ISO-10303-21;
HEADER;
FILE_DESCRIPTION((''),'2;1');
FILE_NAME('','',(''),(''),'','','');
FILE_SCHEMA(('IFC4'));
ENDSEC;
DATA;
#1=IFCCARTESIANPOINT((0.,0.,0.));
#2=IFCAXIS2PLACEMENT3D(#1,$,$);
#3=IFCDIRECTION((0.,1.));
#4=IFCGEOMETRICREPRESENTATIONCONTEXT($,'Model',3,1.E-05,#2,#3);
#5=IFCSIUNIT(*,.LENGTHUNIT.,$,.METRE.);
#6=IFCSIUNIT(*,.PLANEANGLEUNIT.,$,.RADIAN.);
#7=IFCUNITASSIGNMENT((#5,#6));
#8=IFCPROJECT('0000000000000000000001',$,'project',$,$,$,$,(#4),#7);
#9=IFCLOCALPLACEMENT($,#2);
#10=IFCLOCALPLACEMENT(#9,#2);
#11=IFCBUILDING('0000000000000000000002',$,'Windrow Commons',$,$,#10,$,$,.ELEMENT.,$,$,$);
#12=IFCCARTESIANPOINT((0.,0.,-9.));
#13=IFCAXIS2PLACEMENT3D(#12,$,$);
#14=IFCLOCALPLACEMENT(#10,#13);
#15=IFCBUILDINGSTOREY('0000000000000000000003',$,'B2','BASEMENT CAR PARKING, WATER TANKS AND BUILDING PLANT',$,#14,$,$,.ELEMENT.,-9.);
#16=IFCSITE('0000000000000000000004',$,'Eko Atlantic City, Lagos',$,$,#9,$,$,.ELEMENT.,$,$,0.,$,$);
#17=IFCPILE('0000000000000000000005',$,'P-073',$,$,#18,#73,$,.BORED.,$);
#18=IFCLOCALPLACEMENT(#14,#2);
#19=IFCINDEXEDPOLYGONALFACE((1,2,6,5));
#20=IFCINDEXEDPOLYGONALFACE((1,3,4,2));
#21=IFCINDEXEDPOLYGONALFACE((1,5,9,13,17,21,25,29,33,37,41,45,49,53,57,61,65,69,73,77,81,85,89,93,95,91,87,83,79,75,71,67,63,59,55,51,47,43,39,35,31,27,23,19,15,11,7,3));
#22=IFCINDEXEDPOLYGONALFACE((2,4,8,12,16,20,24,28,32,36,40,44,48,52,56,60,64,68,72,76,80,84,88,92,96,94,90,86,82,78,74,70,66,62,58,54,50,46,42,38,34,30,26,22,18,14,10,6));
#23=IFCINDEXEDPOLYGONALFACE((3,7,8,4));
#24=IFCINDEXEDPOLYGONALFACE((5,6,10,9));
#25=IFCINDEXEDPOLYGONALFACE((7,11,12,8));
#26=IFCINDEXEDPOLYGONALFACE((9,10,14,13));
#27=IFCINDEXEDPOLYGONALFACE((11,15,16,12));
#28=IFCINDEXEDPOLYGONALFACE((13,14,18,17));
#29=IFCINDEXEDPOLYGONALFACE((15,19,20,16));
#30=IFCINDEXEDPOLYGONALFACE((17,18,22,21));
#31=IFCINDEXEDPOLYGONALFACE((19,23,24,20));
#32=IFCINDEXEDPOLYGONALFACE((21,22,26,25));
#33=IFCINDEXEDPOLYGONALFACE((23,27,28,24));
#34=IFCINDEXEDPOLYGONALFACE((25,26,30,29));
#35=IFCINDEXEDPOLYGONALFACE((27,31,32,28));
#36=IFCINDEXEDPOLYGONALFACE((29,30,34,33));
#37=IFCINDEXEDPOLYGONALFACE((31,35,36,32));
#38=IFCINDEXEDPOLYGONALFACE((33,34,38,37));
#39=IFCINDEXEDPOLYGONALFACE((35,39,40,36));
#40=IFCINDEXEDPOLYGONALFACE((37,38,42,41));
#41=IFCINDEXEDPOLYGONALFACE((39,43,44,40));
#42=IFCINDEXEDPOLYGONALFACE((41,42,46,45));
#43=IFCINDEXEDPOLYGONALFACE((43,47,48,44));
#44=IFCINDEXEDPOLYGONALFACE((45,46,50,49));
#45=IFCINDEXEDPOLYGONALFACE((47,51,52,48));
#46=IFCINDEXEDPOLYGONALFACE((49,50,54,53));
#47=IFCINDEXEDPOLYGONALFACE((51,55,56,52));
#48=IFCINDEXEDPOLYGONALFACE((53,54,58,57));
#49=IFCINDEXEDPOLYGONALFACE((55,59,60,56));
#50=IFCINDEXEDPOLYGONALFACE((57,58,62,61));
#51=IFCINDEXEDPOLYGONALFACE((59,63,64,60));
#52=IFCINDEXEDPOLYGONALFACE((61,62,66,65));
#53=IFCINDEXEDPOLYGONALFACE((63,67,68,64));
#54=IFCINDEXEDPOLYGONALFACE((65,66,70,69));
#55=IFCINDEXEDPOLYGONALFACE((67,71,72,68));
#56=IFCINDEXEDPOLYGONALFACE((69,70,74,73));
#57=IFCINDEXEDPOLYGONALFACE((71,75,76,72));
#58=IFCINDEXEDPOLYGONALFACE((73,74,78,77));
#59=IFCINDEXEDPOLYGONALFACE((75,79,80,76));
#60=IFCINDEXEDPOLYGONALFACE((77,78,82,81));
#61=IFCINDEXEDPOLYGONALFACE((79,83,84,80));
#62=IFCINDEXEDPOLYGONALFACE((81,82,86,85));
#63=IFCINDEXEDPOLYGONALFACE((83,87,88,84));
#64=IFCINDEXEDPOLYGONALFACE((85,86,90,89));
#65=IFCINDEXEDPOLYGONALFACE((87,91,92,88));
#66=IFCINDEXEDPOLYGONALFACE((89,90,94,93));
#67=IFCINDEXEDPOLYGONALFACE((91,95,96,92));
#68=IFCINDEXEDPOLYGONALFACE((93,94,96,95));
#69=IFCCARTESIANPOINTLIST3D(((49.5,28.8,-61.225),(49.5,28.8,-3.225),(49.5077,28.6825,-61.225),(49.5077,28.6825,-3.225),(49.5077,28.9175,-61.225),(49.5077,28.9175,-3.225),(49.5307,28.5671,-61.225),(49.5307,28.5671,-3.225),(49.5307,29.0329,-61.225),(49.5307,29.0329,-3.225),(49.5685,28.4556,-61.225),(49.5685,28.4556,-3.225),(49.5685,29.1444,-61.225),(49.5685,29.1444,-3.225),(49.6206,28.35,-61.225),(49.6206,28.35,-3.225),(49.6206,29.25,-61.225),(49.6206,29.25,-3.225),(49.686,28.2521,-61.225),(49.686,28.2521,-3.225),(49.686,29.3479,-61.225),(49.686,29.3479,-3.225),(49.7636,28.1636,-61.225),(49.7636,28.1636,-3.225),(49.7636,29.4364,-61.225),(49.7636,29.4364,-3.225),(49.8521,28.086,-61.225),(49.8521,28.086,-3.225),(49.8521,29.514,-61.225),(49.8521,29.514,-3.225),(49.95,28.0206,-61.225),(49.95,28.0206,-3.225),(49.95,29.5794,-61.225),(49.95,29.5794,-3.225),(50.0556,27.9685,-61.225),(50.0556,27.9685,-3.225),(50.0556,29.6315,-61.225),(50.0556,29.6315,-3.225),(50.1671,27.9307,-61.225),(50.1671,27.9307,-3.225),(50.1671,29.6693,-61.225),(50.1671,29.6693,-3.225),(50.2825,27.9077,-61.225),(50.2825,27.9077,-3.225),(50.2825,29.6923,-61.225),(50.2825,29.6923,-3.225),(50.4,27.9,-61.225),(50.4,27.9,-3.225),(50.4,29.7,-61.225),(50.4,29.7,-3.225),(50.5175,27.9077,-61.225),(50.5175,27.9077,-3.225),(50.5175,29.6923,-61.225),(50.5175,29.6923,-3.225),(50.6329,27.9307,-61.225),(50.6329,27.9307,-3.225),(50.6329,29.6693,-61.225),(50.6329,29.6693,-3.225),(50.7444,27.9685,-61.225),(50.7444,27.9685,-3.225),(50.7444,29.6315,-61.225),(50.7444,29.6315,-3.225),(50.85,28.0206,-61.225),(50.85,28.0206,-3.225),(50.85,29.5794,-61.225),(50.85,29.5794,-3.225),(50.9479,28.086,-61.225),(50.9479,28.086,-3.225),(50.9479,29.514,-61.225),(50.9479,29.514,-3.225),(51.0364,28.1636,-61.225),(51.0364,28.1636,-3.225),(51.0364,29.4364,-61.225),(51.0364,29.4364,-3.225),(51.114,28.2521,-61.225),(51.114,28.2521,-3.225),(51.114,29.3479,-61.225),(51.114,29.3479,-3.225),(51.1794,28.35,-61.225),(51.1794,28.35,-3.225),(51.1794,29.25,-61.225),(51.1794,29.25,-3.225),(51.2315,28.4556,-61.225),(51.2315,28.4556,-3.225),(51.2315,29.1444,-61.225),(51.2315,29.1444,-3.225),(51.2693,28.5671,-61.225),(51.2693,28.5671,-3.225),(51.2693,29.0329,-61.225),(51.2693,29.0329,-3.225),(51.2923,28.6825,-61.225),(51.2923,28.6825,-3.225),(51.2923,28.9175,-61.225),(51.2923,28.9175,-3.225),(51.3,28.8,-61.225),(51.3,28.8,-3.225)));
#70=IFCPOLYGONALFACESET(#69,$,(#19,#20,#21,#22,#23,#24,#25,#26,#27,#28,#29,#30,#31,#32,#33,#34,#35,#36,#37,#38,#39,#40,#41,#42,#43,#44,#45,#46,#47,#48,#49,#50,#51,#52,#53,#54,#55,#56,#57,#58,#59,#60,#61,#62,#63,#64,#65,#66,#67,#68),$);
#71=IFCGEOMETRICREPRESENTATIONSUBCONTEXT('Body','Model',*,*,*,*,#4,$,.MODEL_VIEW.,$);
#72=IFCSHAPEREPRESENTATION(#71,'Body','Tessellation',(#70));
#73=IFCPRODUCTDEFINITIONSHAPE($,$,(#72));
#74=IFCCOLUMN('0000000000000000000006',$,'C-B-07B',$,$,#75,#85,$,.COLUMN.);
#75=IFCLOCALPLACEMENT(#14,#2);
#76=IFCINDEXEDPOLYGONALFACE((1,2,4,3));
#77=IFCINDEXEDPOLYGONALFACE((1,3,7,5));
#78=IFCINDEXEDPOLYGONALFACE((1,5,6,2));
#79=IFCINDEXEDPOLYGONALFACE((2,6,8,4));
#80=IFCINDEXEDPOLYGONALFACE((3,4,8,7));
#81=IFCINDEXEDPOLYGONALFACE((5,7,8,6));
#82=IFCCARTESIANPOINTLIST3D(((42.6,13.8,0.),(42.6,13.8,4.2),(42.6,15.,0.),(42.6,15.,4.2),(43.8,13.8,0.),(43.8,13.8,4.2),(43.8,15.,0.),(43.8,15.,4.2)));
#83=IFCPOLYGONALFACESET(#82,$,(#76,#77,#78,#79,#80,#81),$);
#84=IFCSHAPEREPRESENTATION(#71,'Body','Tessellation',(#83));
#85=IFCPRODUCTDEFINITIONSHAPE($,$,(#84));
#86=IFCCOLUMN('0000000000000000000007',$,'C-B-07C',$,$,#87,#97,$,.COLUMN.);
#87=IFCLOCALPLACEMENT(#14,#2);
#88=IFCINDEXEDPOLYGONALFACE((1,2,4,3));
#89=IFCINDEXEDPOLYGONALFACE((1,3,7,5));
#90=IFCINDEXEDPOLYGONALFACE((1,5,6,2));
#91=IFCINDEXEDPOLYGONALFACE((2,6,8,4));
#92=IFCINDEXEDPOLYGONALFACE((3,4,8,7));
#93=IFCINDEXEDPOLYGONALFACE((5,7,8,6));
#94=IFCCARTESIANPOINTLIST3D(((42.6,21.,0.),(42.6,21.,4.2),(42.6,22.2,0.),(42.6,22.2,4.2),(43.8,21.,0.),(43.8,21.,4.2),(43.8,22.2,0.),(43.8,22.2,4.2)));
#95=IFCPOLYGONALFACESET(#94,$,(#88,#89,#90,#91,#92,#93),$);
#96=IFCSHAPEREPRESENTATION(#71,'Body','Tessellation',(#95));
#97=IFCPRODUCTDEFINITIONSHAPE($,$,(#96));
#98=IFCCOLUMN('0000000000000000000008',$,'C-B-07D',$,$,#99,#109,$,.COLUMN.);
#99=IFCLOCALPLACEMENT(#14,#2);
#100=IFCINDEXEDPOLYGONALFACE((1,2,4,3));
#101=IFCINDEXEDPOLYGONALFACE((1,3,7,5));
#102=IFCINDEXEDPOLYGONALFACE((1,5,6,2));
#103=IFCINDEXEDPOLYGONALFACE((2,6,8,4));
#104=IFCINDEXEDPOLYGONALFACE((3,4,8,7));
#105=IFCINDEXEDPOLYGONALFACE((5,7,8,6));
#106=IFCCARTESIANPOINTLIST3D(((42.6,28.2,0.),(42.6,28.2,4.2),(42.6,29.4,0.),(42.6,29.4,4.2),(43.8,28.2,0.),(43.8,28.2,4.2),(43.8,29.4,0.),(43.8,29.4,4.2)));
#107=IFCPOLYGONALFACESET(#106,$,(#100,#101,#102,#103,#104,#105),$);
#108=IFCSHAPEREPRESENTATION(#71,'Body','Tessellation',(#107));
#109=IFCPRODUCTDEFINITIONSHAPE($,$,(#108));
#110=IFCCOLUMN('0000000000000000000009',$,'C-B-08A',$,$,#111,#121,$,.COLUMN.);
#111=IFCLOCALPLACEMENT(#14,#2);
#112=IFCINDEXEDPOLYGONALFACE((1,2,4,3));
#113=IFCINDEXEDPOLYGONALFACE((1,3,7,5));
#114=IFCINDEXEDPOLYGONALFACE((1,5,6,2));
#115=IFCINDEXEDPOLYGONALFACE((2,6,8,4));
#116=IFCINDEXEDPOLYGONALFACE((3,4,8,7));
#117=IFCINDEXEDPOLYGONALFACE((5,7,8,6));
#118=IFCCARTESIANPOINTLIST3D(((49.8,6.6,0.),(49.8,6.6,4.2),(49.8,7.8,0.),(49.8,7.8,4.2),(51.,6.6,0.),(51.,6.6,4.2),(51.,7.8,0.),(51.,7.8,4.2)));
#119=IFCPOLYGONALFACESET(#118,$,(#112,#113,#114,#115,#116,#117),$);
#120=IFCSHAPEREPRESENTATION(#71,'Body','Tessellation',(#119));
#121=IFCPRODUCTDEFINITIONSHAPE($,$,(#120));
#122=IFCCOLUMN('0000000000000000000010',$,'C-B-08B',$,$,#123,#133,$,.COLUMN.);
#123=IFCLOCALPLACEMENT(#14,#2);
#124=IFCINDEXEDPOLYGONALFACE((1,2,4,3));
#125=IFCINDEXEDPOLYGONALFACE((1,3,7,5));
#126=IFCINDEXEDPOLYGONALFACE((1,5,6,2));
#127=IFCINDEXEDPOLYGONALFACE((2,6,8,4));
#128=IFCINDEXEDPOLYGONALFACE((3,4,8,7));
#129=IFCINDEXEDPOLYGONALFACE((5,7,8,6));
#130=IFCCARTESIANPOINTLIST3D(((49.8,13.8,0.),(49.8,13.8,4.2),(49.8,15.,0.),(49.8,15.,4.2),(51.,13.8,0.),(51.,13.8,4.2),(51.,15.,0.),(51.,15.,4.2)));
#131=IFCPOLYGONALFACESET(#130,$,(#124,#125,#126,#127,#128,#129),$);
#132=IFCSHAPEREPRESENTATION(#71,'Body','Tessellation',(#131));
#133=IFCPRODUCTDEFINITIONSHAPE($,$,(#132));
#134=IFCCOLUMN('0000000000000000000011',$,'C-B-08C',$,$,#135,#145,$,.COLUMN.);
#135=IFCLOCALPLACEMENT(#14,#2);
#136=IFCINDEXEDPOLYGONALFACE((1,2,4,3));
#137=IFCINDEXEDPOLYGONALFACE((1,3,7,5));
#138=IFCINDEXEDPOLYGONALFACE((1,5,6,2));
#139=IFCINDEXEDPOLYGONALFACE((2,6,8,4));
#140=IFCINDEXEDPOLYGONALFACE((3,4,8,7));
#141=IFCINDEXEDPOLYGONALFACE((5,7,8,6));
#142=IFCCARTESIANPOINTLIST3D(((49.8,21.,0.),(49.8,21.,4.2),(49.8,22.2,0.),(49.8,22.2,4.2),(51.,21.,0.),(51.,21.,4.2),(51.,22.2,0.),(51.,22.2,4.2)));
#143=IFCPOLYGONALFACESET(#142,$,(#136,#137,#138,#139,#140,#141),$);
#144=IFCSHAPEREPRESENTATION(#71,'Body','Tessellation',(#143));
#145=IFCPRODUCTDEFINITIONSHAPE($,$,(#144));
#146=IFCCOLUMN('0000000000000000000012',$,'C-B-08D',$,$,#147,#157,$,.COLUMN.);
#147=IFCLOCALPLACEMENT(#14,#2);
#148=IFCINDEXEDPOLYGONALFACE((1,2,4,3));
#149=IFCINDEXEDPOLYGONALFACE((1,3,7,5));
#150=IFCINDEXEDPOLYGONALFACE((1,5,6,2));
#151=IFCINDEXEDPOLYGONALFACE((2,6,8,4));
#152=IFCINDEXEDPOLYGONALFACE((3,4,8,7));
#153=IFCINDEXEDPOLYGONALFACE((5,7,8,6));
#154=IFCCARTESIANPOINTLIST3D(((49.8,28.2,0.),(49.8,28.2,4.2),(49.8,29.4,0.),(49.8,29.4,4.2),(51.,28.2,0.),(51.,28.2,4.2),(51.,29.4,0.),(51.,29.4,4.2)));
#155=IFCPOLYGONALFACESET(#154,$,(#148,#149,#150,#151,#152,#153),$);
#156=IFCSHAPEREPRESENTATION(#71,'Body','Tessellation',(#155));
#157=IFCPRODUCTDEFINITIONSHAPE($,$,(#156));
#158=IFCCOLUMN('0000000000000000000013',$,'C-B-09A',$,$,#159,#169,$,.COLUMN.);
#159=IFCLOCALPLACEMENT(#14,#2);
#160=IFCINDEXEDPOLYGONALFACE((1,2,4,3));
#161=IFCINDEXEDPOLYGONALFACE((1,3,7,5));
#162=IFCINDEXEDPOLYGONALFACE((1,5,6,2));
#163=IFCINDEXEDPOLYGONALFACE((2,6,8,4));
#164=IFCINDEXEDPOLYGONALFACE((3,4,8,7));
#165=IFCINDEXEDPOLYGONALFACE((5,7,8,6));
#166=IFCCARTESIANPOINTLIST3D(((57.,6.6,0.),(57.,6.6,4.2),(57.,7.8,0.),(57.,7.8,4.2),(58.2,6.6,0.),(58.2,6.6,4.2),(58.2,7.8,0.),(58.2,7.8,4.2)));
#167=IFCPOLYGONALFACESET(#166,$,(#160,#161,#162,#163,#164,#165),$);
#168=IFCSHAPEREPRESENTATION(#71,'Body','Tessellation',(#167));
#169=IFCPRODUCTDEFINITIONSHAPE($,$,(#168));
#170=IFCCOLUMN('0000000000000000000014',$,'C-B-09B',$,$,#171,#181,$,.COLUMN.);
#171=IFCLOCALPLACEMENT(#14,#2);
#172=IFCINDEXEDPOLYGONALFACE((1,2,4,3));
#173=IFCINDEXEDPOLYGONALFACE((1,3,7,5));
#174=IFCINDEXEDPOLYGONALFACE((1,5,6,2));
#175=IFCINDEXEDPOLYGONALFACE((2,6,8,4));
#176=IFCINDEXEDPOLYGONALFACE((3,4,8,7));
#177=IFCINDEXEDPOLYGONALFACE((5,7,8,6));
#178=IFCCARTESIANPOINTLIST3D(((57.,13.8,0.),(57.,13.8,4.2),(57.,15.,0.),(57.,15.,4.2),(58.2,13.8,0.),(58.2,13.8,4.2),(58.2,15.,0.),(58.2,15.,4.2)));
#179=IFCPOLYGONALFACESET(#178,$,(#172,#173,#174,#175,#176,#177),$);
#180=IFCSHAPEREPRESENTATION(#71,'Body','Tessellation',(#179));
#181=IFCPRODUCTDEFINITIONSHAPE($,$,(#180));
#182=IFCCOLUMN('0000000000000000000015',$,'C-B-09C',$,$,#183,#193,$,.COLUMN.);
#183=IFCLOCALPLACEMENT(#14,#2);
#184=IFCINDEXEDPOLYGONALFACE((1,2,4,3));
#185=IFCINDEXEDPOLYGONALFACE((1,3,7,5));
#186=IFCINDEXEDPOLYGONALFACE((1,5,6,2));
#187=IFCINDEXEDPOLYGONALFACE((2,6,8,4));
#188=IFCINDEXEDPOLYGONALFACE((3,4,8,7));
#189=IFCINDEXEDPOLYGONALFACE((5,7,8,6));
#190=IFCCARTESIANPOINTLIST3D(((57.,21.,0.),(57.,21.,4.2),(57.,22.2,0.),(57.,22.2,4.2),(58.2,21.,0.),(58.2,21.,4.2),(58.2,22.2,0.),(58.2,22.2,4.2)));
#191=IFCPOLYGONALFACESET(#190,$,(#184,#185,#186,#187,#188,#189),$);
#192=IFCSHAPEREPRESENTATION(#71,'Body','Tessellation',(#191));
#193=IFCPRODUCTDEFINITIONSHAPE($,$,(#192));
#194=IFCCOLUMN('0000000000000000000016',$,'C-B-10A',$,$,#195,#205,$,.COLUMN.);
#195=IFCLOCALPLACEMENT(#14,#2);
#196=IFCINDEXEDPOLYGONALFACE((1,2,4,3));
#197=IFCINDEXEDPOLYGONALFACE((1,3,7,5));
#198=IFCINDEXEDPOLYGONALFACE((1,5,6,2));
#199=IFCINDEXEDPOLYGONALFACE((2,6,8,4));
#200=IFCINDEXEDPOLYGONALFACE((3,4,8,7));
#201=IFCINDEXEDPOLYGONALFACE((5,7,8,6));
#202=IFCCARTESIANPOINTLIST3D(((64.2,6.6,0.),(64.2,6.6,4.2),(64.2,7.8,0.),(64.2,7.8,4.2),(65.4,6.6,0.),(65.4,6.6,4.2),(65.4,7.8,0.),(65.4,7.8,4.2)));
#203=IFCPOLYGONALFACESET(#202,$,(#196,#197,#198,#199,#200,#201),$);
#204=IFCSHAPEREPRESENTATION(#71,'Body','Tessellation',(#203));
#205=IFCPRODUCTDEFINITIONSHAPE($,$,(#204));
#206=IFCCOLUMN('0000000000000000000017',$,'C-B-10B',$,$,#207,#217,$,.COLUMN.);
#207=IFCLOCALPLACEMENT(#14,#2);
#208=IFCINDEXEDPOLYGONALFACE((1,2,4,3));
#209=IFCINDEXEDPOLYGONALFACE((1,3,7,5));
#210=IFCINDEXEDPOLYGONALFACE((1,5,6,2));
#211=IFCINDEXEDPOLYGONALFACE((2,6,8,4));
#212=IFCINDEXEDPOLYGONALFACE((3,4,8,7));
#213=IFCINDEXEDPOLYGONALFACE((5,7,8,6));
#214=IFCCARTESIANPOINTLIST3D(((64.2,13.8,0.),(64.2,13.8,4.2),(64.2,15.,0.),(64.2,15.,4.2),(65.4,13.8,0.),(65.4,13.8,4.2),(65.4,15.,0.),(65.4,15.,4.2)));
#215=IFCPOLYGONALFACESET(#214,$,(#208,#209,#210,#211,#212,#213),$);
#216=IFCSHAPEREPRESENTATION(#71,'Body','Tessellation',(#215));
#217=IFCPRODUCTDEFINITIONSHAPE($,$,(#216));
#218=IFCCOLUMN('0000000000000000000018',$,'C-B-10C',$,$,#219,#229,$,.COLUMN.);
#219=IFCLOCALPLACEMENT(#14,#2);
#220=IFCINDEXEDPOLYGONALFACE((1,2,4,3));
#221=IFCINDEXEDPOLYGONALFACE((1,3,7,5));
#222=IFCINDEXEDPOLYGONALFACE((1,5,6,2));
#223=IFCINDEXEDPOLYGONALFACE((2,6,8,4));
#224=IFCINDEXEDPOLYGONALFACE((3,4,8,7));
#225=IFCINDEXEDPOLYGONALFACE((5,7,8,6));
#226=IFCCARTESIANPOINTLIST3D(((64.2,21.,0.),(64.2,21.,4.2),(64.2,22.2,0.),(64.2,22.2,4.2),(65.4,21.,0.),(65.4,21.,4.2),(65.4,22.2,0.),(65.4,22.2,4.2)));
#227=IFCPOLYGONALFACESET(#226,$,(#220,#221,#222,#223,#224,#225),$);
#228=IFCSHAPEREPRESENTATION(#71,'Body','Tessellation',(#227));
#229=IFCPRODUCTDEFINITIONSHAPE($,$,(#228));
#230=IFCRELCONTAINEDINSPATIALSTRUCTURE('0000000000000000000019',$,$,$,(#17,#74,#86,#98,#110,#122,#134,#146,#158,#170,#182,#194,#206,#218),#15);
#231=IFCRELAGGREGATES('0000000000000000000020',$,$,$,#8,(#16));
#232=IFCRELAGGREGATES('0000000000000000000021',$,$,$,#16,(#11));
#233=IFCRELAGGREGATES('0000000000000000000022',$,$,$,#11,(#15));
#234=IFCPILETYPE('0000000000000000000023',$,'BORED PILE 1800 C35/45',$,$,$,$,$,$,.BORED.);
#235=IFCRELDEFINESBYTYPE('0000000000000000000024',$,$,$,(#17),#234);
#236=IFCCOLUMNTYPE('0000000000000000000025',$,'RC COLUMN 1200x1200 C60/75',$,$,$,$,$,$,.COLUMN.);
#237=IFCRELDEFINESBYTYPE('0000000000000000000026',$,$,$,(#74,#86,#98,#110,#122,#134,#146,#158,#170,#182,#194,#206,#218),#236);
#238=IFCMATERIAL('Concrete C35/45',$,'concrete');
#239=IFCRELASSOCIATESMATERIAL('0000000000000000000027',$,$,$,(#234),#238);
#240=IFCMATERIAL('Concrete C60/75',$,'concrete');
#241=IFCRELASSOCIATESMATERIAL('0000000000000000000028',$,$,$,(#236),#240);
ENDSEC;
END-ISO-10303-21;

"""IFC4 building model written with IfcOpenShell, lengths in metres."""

from ifc_helpers import new_model, si_unit, direction, frame, origin, origin_2d, place, context, subcontext, project, spatial, rectangle, circle, extrude, material, material_profile, profile_set, type_object, element, save


model = new_model("IFC4")

# Units and contexts
model_context = context("Model", 3, precision=1e-05, world=origin(), true_north=direction((0.0, 1.0)))
body_context = subcontext(model_context, "Body", "Model", "MODEL_VIEW")
ifc_project = project(units=[si_unit("LENGTHUNIT", "METRE"), si_unit("PLANEANGLEUNIT", "RADIAN")], contexts=[model_context])

# Site, building, storey
site_placement = place(None, origin())
site = spatial("IfcSite", under=ifc_project, at=site_placement, Name="Eko Atlantic City, Lagos", CompositionType="ELEMENT", RefElevation=0.0)
building_placement = place(site_placement, origin())
building = spatial("IfcBuilding", under=site, at=building_placement, Name="Windrow Commons", CompositionType="ELEMENT")
storey_placement = place(building_placement, frame((0.0, 0.0, -9.0)))
storey = spatial("IfcBuildingStorey", under=building, at=storey_placement, Name="B2", Description="BASEMENT CAR PARKING, WATER TANKS AND BUILDING PLANT", CompositionType="ELEMENT", Elevation=-9.0)

# Pile
ifc_material_1 = material(Name="Concrete C35/45", Category="concrete")
ifc_material_profile_1 = material_profile(ifc_material_1, circle(Radius=0.9, at=origin_2d()))
ifc_profile_set_1 = profile_set([ifc_material_profile_1], Name="Concrete C35/45")
pile_type = type_object("IfcPileType", Name="BORED PILE 1800 C35/45", PredefinedType="BORED", material=ifc_profile_set_1)
for number, where, z_axis, x_axis, name in (
    (1, (50.4, 28.8, -3.225), (0.0, 0.0, -1.0), (1.0, 0.0, 0.0), "P-073"),
):
    element("IfcPile", number, at=place(storey_placement, frame(where, z_axis=z_axis, x_axis=x_axis)), inside=storey, type_object=pile_type, Name=name, PredefinedType="BORED", context=body_context, shape_type="SweptSolid", body=[
        extrude(circle(Radius=0.9, at=origin_2d()), origin(), (0.0, 0.0, 1.0), 58.0),
    ])

# Columns
ifc_material_2 = material(Name="Concrete C60/75", Category="concrete")
ifc_material_profile_2 = material_profile(ifc_material_2, rectangle(XDim=1.2, YDim=1.2, at=origin_2d()))
ifc_profile_set_2 = profile_set([ifc_material_profile_2], Name="Concrete C60/75")
column_type = type_object("IfcColumnType", Name="RC COLUMN 1200x1200 C60/75", PredefinedType="COLUMN", material=ifc_profile_set_2)
for number, where, z_axis, x_axis, name in (
    (2, (43.2, 14.4, 0.0), (0.0, 0.0, 1.0), (1.0, 0.0, 0.0), "C-B-07B"),
    (3, (43.2, 21.6, 0.0), (0.0, 0.0, 1.0), (1.0, 0.0, 0.0), "C-B-07C"),
    (4, (43.2, 28.8, 0.0), (0.0, 0.0, 1.0), (1.0, 0.0, 0.0), "C-B-07D"),
    (5, (50.4, 7.2, 0.0), (0.0, 0.0, 1.0), (1.0, 0.0, 0.0), "C-B-08A"),
    (6, (50.4, 14.4, 0.0), (0.0, 0.0, 1.0), (1.0, 0.0, 0.0), "C-B-08B"),
    (7, (50.4, 21.6, 0.0), (0.0, 0.0, 1.0), (1.0, 0.0, 0.0), "C-B-08C"),
    (8, (50.4, 28.8, 0.0), (0.0, 0.0, 1.0), (1.0, 0.0, 0.0), "C-B-08D"),
    (9, (57.6, 7.2, 0.0), (0.0, 0.0, 1.0), (1.0, 0.0, 0.0), "C-B-09A"),
    (10, (57.6, 14.4, 0.0), (0.0, 0.0, 1.0), (1.0, 0.0, 0.0), "C-B-09B"),
    (11, (57.6, 21.6, 0.0), (0.0, 0.0, 1.0), (1.0, 0.0, 0.0), "C-B-09C"),
    (12, (64.8, 7.2, 0.0), (0.0, 0.0, 1.0), (1.0, 0.0, 0.0), "C-B-10A"),
    (13, (64.8, 14.4, 0.0), (0.0, 0.0, 1.0), (1.0, 0.0, 0.0), "C-B-10B"),
    (14, (64.8, 21.6, 0.0), (0.0, 0.0, 1.0), (1.0, 0.0, 0.0), "C-B-10C"),
):
    element("IfcColumn", number, at=place(storey_placement, frame(where, z_axis=z_axis, x_axis=x_axis)), inside=storey, type_object=column_type, Name=name, PredefinedType="COLUMN", context=body_context, shape_type="SweptSolid", body=[
        extrude(rectangle(XDim=1.2, YDim=1.2, at=origin_2d()), origin(), (0.0, 0.0, 1.0), 4.2),
    ])

save(model, "model.ifc")
